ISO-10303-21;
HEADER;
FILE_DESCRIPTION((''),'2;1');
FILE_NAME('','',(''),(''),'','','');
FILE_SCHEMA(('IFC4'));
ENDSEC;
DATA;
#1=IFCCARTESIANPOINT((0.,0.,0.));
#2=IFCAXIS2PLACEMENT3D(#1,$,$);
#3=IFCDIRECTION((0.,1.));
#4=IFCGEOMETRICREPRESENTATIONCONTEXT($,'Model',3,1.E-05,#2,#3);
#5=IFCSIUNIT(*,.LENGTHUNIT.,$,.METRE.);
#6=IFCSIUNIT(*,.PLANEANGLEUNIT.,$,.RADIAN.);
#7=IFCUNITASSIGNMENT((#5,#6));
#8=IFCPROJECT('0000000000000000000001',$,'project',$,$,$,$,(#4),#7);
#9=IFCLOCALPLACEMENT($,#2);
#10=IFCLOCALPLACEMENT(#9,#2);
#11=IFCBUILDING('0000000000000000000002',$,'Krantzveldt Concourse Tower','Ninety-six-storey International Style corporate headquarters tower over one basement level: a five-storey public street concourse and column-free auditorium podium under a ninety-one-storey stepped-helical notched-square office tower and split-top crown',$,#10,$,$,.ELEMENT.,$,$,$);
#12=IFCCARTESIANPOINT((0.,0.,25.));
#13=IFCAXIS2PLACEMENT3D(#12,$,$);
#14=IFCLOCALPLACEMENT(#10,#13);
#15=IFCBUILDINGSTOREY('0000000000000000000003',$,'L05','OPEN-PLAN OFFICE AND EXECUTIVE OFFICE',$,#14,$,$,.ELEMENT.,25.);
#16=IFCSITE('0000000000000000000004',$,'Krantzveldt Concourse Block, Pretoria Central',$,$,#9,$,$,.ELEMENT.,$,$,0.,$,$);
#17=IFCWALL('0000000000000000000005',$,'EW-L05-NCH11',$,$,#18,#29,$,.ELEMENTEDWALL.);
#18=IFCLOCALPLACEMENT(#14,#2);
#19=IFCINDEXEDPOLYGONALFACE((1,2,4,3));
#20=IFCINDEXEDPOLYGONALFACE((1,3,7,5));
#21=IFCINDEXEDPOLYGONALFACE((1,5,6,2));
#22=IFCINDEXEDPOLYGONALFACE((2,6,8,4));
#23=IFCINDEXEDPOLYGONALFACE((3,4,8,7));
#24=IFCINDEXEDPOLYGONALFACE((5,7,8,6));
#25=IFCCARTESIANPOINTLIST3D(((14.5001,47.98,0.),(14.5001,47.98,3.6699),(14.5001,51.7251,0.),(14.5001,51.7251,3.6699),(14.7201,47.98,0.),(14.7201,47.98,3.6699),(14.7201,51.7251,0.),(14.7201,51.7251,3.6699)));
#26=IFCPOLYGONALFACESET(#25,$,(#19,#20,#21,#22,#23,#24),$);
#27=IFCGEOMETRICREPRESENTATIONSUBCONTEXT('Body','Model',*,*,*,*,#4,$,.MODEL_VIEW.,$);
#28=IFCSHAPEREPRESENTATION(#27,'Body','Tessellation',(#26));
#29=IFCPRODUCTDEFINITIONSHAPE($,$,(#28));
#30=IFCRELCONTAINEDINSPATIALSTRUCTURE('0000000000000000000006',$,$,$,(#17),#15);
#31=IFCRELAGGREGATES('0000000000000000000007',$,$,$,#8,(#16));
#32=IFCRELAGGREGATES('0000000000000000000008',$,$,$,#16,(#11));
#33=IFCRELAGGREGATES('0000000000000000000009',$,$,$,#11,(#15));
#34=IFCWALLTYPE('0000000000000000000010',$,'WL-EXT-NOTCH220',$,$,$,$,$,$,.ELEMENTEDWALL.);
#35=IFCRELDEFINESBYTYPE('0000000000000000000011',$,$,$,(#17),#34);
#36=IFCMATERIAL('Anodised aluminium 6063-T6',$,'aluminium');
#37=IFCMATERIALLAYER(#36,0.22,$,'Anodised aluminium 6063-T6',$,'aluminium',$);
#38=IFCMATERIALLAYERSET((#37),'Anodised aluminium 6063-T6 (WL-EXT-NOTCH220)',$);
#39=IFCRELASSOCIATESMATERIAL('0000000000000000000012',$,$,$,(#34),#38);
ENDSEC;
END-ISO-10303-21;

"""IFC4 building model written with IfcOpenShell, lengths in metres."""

from ifc_helpers import new_model, si_unit, direction, frame, frame_2d, origin, place, context, subcontext, project, spatial, rectangle, extrude, material, layer, layer_set, type_object, element, save


model = new_model("IFC4")

# Units and contexts
model_context = context("Model", 3, precision=1e-05, world=origin(), true_north=direction((0.0, 1.0)))
body_context = subcontext(model_context, "Body", "Model", "MODEL_VIEW")
ifc_project = project(units=[si_unit("LENGTHUNIT", "METRE"), si_unit("PLANEANGLEUNIT", "RADIAN")], contexts=[model_context])

# Site, building, storey
site_placement = place(None, origin())
site = spatial("IfcSite", under=ifc_project, at=site_placement, Name="Krantzveldt Concourse Block, Pretoria Central", CompositionType="ELEMENT", RefElevation=0.0)
building_placement = place(site_placement, origin())
building = spatial("IfcBuilding", under=site, at=building_placement, Name="Krantzveldt Concourse Tower", Description="Ninety-six-storey International Style corporate headquarters tower over one basement level: a five-storey public street concourse and column-free auditorium podium under a ninety-one-storey stepped-helical notched-square office tower and split-top crown", CompositionType="ELEMENT")
storey_placement = place(building_placement, frame((0.0, 0.0, 25.0)))
storey = spatial("IfcBuildingStorey", under=building, at=storey_placement, Name="L05", Description="OPEN-PLAN OFFICE AND EXECUTIVE OFFICE", CompositionType="ELEMENT", Elevation=25.0)

# Shared definitions
ifc_material_1 = material(Name="Anodised aluminium 6063-T6", Category="aluminium")

# Wall
ifc_layer_1 = layer(ifc_material_1, 0.22, Name="Anodised aluminium 6063-T6", Category="aluminium")
ifc_layer_set_1 = layer_set([ifc_layer_1], Name="Anodised aluminium 6063-T6 (WL-EXT-NOTCH220)")
wall_type = type_object("IfcWallType", Name="WL-EXT-NOTCH220", PredefinedType="ELEMENTEDWALL", material=ifc_layer_set_1)
wall_1_placement = place(storey_placement, frame((14.6101, 51.7251, 0.0), z_axis=(0.0, 0.0, 1.0), x_axis=(0.0, -1.0, 0.0)))
element("IfcWall", 1, at=wall_1_placement, inside=storey, type_object=wall_type, Name="EW-L05-NCH11", PredefinedType="ELEMENTEDWALL", context=body_context, shape_type="SweptSolid", body=[
    extrude(rectangle(XDim=3.7451, YDim=0.22, at=frame_2d((1.8726, 0.0))), origin(), (0.0, 0.0, 1.0), 3.6699),
])

save(model, "model.ifc")
